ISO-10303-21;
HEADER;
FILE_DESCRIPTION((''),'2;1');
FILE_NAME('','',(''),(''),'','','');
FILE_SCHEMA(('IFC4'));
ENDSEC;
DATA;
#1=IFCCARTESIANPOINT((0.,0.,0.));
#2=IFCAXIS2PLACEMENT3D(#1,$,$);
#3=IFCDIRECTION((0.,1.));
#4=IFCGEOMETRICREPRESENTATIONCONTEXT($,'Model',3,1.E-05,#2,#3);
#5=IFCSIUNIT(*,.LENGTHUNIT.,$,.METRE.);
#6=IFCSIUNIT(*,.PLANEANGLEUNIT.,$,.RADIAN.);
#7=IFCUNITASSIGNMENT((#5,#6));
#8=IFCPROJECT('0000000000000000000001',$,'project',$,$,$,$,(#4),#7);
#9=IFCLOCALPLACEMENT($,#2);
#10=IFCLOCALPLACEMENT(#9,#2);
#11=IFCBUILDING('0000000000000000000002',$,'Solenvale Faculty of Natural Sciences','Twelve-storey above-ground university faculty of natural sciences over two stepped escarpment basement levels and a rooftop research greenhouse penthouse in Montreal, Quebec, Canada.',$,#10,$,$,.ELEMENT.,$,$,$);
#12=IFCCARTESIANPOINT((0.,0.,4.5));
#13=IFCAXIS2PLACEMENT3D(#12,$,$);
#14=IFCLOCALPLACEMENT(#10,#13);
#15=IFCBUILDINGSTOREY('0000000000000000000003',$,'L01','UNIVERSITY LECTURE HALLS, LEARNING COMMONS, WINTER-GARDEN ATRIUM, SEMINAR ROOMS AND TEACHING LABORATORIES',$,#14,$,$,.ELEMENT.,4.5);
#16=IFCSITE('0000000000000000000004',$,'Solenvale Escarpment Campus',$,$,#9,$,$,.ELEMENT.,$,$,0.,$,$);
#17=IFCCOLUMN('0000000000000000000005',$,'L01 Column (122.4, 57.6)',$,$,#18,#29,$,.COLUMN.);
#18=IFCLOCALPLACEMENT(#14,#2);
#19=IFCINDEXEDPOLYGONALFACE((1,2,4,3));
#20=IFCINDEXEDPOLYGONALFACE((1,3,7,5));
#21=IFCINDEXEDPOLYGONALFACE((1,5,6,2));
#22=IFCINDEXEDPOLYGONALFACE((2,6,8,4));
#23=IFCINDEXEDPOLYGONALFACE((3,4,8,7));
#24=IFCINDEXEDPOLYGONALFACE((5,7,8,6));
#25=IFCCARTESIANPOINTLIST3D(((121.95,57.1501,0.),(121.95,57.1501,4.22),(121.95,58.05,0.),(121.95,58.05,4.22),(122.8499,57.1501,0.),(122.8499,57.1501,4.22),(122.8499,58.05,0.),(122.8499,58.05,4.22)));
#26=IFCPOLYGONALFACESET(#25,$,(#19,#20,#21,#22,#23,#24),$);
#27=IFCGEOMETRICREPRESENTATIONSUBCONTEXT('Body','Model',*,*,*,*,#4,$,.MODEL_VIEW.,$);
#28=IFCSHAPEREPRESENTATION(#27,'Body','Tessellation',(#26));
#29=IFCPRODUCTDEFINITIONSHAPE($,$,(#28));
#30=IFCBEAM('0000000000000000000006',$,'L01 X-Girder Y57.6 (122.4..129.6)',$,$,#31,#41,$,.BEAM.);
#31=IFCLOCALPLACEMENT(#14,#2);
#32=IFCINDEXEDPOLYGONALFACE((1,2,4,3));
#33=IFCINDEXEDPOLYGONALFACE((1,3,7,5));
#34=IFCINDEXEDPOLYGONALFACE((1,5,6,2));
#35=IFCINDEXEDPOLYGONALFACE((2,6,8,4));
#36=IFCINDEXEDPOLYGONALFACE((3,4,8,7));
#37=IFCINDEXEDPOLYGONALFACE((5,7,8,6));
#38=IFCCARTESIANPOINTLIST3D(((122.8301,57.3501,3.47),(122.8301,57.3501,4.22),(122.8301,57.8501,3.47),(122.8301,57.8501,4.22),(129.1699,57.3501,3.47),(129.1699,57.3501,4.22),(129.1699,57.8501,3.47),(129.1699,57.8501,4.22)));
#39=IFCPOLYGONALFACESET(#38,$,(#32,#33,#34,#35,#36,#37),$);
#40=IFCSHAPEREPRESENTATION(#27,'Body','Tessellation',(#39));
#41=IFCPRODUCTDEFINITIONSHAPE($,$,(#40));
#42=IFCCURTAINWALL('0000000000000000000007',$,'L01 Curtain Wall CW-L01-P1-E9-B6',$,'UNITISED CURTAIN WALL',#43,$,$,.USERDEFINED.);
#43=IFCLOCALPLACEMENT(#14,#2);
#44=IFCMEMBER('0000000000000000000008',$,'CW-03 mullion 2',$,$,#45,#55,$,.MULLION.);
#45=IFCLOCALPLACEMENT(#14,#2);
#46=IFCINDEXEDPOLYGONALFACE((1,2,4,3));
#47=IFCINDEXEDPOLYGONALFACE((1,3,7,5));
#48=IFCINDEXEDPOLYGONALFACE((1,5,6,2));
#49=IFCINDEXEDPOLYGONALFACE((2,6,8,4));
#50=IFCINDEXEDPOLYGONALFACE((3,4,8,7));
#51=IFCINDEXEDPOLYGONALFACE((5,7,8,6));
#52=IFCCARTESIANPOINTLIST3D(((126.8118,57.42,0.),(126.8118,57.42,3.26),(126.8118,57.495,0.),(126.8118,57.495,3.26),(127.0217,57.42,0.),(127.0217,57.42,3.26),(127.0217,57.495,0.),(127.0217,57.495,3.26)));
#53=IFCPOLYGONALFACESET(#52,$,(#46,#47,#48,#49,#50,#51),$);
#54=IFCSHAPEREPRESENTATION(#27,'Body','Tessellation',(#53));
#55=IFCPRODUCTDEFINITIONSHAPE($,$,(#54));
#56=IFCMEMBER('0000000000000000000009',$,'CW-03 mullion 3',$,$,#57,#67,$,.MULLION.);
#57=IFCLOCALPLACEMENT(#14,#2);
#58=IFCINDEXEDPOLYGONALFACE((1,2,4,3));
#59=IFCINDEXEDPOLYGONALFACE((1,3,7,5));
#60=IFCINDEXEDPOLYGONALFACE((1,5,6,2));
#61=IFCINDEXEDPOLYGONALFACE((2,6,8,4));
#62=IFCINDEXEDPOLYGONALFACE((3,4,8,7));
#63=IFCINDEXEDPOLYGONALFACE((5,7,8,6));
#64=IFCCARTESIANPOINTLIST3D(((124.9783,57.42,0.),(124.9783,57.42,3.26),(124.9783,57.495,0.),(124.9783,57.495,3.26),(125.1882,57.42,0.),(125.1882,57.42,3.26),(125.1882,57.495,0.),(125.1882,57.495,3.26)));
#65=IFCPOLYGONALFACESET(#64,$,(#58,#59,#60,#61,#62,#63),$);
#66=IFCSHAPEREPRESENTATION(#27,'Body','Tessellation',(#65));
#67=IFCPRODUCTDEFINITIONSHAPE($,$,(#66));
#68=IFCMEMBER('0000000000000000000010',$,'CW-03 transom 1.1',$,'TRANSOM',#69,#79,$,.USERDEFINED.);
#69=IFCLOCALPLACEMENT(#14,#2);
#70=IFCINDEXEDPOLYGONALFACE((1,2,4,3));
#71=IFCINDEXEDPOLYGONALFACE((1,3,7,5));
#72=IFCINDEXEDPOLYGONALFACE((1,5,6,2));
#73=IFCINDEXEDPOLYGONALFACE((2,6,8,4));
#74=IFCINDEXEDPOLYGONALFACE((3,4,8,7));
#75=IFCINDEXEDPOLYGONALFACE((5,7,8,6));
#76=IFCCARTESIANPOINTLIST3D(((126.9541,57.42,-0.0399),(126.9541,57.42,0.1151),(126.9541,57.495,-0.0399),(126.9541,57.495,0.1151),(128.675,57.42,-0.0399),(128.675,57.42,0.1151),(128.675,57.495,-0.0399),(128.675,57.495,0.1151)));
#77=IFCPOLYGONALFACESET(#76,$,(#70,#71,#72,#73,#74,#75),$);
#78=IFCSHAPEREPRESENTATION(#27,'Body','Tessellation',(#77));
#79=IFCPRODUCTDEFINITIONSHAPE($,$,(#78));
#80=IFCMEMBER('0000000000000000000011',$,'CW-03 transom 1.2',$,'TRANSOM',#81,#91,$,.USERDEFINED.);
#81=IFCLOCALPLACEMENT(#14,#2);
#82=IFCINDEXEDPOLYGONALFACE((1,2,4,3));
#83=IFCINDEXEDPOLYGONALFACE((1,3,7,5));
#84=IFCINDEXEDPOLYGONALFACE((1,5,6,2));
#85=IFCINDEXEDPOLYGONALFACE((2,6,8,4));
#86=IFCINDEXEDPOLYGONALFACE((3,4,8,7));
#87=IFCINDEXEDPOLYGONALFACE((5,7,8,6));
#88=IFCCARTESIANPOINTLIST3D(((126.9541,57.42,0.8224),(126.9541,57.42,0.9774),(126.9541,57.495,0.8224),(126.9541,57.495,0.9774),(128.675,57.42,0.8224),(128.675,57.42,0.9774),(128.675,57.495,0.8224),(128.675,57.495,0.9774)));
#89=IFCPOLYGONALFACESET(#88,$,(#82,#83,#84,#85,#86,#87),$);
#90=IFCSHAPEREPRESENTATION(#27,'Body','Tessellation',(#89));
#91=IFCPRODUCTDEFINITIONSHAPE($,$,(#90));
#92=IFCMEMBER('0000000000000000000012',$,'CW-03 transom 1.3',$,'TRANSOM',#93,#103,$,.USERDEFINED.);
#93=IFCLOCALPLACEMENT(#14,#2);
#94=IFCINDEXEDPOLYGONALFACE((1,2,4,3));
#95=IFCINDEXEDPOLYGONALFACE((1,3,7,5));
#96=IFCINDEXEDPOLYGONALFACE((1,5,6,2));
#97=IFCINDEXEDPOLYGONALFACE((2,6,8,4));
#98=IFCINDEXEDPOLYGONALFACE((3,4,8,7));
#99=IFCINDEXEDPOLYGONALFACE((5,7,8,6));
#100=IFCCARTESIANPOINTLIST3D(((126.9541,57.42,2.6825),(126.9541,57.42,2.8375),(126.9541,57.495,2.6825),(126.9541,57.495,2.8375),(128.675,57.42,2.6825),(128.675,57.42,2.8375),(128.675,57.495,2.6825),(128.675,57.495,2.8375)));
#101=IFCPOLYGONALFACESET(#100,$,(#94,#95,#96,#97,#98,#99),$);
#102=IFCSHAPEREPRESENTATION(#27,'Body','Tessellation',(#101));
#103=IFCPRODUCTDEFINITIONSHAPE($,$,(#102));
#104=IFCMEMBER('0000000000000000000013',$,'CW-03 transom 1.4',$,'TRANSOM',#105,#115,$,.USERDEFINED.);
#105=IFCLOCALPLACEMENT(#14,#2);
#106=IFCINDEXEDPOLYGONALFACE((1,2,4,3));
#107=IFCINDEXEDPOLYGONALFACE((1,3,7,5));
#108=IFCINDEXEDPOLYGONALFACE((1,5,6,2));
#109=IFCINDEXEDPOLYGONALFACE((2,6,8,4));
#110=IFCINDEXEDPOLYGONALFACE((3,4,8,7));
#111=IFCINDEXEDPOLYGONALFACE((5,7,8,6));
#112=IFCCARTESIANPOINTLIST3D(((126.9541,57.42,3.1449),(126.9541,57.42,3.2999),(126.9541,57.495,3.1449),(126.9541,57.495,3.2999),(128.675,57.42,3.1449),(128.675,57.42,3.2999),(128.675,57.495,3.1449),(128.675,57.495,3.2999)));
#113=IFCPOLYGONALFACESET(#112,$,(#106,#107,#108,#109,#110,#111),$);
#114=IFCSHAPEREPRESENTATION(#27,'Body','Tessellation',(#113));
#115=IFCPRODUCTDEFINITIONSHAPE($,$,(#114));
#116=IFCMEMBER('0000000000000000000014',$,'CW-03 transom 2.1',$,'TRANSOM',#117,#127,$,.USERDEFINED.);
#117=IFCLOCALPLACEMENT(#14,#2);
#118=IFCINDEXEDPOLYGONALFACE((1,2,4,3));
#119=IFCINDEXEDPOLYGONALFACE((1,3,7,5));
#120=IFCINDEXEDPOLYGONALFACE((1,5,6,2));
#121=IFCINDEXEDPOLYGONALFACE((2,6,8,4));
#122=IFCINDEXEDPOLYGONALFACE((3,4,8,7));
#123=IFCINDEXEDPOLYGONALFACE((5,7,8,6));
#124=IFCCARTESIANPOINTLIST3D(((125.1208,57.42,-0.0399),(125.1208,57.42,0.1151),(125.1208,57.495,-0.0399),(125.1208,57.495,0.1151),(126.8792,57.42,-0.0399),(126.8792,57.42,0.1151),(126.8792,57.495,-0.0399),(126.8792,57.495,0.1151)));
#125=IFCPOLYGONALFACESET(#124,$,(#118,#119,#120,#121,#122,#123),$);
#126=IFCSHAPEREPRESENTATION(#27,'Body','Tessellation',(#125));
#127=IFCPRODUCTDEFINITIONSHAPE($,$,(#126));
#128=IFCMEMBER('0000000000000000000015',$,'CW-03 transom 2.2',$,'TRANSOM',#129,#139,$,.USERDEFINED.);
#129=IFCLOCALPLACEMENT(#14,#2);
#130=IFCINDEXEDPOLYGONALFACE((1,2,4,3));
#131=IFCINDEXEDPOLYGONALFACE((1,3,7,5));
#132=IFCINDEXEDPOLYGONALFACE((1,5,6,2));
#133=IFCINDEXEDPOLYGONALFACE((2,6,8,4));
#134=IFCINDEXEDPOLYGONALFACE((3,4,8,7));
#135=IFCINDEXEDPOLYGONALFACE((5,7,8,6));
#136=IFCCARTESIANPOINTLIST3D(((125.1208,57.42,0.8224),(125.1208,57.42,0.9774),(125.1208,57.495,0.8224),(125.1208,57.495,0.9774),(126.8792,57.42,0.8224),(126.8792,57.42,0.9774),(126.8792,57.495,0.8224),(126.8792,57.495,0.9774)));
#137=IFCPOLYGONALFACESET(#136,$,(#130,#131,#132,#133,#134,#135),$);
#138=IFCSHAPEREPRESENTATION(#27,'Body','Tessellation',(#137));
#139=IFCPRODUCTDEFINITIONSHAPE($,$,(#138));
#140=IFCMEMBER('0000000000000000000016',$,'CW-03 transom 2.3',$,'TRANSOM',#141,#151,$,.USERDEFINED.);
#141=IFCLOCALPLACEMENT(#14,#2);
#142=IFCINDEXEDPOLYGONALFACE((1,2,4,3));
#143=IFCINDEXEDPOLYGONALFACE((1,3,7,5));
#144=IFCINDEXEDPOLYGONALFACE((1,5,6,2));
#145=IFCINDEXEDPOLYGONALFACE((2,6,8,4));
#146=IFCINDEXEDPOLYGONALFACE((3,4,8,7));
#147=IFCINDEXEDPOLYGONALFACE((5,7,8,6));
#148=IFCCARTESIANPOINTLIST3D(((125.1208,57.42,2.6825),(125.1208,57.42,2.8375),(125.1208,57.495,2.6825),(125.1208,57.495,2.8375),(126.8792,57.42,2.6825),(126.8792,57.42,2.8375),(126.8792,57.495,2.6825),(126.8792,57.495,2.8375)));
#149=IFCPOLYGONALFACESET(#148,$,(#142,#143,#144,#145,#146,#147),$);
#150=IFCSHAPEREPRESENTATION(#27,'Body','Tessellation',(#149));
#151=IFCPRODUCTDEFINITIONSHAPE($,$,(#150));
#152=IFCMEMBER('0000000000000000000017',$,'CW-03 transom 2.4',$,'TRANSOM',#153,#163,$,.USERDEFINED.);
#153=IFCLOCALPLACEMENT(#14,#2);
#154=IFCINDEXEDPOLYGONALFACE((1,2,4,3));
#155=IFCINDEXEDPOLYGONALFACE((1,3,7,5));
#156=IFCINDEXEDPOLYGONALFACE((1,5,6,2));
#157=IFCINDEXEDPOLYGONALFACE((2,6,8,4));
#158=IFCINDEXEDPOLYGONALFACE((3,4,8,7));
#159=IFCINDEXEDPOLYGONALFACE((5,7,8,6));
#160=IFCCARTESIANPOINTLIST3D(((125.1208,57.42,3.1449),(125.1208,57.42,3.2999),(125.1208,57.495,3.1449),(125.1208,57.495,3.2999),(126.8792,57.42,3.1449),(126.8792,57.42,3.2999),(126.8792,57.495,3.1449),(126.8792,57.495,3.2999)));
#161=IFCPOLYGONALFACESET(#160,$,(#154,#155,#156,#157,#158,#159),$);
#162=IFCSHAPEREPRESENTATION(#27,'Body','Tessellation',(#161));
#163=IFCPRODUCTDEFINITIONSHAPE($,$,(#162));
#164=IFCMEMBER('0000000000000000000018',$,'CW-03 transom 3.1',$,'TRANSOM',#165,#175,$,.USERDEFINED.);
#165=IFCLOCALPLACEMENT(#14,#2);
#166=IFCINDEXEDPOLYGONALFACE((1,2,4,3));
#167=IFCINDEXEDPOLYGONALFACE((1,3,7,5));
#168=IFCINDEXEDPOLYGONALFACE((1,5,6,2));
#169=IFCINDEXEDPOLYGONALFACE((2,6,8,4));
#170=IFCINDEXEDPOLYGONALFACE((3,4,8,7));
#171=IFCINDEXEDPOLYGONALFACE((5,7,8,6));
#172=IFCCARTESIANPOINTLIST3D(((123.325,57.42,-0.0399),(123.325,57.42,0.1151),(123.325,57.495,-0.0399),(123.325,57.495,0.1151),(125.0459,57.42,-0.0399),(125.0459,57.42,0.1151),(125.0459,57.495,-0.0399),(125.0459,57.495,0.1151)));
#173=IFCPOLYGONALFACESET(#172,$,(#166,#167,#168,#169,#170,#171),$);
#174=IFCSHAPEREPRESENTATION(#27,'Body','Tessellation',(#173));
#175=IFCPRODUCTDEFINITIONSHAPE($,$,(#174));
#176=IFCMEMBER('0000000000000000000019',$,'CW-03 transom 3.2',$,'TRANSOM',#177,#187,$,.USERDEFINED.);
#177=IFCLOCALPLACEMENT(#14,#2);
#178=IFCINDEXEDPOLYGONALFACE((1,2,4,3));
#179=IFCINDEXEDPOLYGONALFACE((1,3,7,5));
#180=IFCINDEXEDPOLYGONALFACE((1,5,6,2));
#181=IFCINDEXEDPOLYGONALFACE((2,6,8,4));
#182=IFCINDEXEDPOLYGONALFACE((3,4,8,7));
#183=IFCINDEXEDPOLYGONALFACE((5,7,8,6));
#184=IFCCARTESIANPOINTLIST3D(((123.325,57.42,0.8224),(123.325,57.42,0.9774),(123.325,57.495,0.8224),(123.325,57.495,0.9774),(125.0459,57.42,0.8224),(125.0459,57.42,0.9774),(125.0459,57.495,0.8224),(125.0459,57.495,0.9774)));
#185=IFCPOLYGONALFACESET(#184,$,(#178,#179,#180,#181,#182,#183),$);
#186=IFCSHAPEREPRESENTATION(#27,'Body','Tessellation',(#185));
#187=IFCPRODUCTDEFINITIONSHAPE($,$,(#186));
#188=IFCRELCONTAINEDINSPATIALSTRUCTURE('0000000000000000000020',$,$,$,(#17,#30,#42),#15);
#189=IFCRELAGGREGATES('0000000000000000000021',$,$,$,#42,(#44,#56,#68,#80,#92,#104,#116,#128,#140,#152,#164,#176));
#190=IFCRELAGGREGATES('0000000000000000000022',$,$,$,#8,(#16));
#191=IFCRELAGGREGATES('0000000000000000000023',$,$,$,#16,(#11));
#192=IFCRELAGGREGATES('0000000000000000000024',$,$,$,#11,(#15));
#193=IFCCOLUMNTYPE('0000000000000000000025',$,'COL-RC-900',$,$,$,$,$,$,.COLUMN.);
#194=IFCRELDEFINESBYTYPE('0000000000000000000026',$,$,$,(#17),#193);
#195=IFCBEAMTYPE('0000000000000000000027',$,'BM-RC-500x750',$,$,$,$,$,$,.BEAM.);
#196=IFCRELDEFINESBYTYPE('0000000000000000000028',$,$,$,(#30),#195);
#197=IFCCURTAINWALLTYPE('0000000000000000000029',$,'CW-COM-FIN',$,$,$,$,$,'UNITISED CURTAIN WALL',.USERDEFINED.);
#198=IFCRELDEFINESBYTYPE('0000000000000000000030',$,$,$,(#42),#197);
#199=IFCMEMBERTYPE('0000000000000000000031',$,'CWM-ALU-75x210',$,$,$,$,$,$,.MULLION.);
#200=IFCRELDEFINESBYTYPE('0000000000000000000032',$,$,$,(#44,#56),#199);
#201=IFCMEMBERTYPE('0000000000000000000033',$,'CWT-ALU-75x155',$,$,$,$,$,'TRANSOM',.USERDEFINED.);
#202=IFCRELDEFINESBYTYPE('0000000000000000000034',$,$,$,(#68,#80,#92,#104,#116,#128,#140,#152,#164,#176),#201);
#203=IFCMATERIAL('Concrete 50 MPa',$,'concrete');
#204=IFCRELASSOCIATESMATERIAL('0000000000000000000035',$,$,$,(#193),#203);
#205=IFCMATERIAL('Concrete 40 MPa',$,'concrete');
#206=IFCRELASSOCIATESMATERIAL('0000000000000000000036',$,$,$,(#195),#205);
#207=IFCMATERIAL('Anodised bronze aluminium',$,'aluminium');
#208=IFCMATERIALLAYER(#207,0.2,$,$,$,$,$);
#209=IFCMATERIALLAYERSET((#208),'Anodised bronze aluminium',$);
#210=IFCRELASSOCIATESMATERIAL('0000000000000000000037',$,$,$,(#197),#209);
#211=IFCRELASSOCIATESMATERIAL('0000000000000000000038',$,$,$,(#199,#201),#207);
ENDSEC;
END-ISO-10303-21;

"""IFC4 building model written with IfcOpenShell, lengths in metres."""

from ifc_helpers import new_model, si_unit, direction, frame, origin, origin_2d, place, context, subcontext, project, spatial, rectangle, extrude, material, layer, layer_set, material_profile, profile_set, type_object, element, aggregate, save


model = new_model("IFC4")

# Units and contexts
model_context = context("Model", 3, precision=1e-05, world=origin(), true_north=direction((0.0, 1.0)))
body_context = subcontext(model_context, "Body", "Model", "MODEL_VIEW")
ifc_project = project(units=[si_unit("LENGTHUNIT", "METRE"), si_unit("PLANEANGLEUNIT", "RADIAN")], contexts=[model_context])

# Site, building, storey
site_placement = place(None, origin())
site = spatial("IfcSite", under=ifc_project, at=site_placement, Name="Solenvale Escarpment Campus", CompositionType="ELEMENT", RefElevation=0.0)
building_placement = place(site_placement, origin())
building = spatial("IfcBuilding", under=site, at=building_placement, Name="Solenvale Faculty of Natural Sciences", Description="Twelve-storey above-ground university faculty of natural sciences over two stepped escarpment basement levels and a rooftop research greenhouse penthouse in Montreal, Quebec, Canada.", CompositionType="ELEMENT")
storey_placement = place(building_placement, frame((0.0, 0.0, 4.5)))
storey = spatial("IfcBuildingStorey", under=building, at=storey_placement, Name="L01", Description="UNIVERSITY LECTURE HALLS, LEARNING COMMONS, WINTER-GARDEN ATRIUM, SEMINAR ROOMS AND TEACHING LABORATORIES", CompositionType="ELEMENT", Elevation=4.5)

# Column
ifc_material_1 = material(Name="Concrete 50 MPa", Category="concrete")
ifc_material_profile_1 = material_profile(ifc_material_1, rectangle(XDim=0.8999, YDim=0.8999, at=origin_2d()), Name="RC-COL-900x900")
ifc_profile_set_1 = profile_set([ifc_material_profile_1], Name="Concrete 50 MPa")
column_type = type_object("IfcColumnType", Name="COL-RC-900", PredefinedType="COLUMN", material=ifc_profile_set_1)
column_placement = place(storey_placement, frame((122.3999, 57.6001, 0.0), z_axis=(0.0, 0.0, 1.0), x_axis=(1.0, 0.0, 0.0)))
element("IfcColumn", 1, at=column_placement, inside=storey, type_object=column_type, Name="L01 Column (122.4, 57.6)", PredefinedType="COLUMN", context=body_context, shape_type="SweptSolid", body=[
    extrude(rectangle(XDim=0.8999, YDim=0.8999, at=origin_2d()), origin(), (0.0, 0.0, 1.0), 4.22),
])

# Beam
ifc_material_2 = material(Name="Concrete 40 MPa", Category="concrete")
ifc_material_profile_2 = material_profile(ifc_material_2, rectangle(XDim=0.5, YDim=0.75, at=origin_2d()), Name="RC-BM-500x750")
ifc_profile_set_2 = profile_set([ifc_material_profile_2], Name="Concrete 40 MPa")
beam_type = type_object("IfcBeamType", Name="BM-RC-500x750", PredefinedType="BEAM", material=ifc_profile_set_2)
beam_placement = place(storey_placement, frame((122.8301, 57.6001, 3.845), z_axis=(1.0, 0.0, 0.0), x_axis=(0.0, 1.0, 0.0)))
element("IfcBeam", 2, at=beam_placement, inside=storey, type_object=beam_type, Name="L01 X-Girder Y57.6 (122.4..129.6)", PredefinedType="BEAM", context=body_context, shape_type="SweptSolid", body=[
    extrude(rectangle(XDim=0.5, YDim=0.75, at=origin_2d()), origin(), (0.0, 0.0, 1.0), 6.3398),
])

# Curtain wall, members
ifc_material_3 = material(Name="Anodised bronze aluminium", Category="aluminium")
ifc_layer_1 = layer(ifc_material_3, 0.2)
ifc_layer_set_1 = layer_set([ifc_layer_1], Name="Anodised bronze aluminium")
curtain_wall_type = type_object("IfcCurtainWallType", Name="CW-COM-FIN", ElementType="UNITISED CURTAIN WALL", PredefinedType="USERDEFINED", material=ifc_layer_set_1)
curtain_wall_placement = place(storey_placement, origin())
curtain_wall = element("IfcCurtainWall", 3, at=curtain_wall_placement, inside=storey, type_object=curtain_wall_type, Name="L01 Curtain Wall CW-L01-P1-E9-B6", ObjectType="UNITISED CURTAIN WALL", PredefinedType="USERDEFINED")
ifc_material_profile_3 = material_profile(ifc_material_3, rectangle(XDim=0.075, YDim=0.21, at=origin_2d()), Name="ALU-MUL-75x210")
ifc_profile_set_3 = profile_set([ifc_material_profile_3], Name="Anodised bronze aluminium")
member_type_1 = type_object("IfcMemberType", Name="CWM-ALU-75x210", PredefinedType="MULLION", material=ifc_profile_set_3)
member_1_placement = place(storey_placement, frame((126.9167, 57.4575, 0.0), z_axis=(0.0, 0.0, 1.0), x_axis=(0.0, -1.0, 0.0)))
member_1 = element("IfcMember", 4, at=member_1_placement, type_object=member_type_1, Name="CW-03 mullion 2", PredefinedType="MULLION", context=body_context, shape_type="SweptSolid", body=[
    extrude(rectangle(XDim=0.075, YDim=0.21, at=origin_2d()), origin(), (0.0, 0.0, 1.0), 3.26),
])
member_2_placement = place(storey_placement, frame((125.0833, 57.4575, 0.0), z_axis=(0.0, 0.0, 1.0), x_axis=(0.0, -1.0, 0.0)))
member_2 = element("IfcMember", 5, at=member_2_placement, type_object=member_type_1, Name="CW-03 mullion 3", PredefinedType="MULLION", context=body_context, shape_type="SweptSolid", body=[
    extrude(rectangle(XDim=0.075, YDim=0.21, at=origin_2d()), origin(), (0.0, 0.0, 1.0), 3.26),
])
ifc_material_profile_4 = material_profile(ifc_material_3, rectangle(XDim=0.075, YDim=0.155, at=origin_2d()), Name="ALU-TRN-75x155")
ifc_profile_set_4 = profile_set([ifc_material_profile_4], Name="Anodised bronze aluminium")
member_type_2 = type_object("IfcMemberType", Name="CWT-ALU-75x155", ElementType="TRANSOM", PredefinedType="USERDEFINED", material=ifc_profile_set_4)
member_3_placement = place(storey_placement, frame((128.675, 57.4575, 0.0376), z_axis=(-1.0, 0.0, 0.0), x_axis=(0.0, -1.0, 0.0)))
member_3 = element("IfcMember", 6, at=member_3_placement, type_object=member_type_2, Name="CW-03 transom 1.1", ObjectType="TRANSOM", PredefinedType="USERDEFINED", context=body_context, shape_type="SweptSolid", body=[
    extrude(rectangle(XDim=0.075, YDim=0.155, at=origin_2d()), origin(), (0.0, 0.0, 1.0), 1.7209),
])
member_4_placement = place(storey_placement, frame((128.675, 57.4575, 0.8999), z_axis=(-1.0, 0.0, 0.0), x_axis=(0.0, -1.0, 0.0)))
member_4 = element("IfcMember", 7, at=member_4_placement, type_object=member_type_2, Name="CW-03 transom 1.2", ObjectType="TRANSOM", PredefinedType="USERDEFINED", context=body_context, shape_type="SweptSolid", body=[
    extrude(rectangle(XDim=0.075, YDim=0.155, at=origin_2d()), origin(), (0.0, 0.0, 1.0), 1.7209),
])
member_5_placement = place(storey_placement, frame((128.675, 57.4575, 2.76), z_axis=(-1.0, 0.0, 0.0), x_axis=(0.0, -1.0, 0.0)))
member_5 = element("IfcMember", 8, at=member_5_placement, type_object=member_type_2, Name="CW-03 transom 1.3", ObjectType="TRANSOM", PredefinedType="USERDEFINED", context=body_context, shape_type="SweptSolid", body=[
    extrude(rectangle(XDim=0.075, YDim=0.155, at=origin_2d()), origin(), (0.0, 0.0, 1.0), 1.7209),
])
member_6_placement = place(storey_placement, frame((128.675, 57.4575, 3.2224), z_axis=(-1.0, 0.0, 0.0), x_axis=(0.0, -1.0, 0.0)))
member_6 = element("IfcMember", 9, at=member_6_placement, type_object=member_type_2, Name="CW-03 transom 1.4", ObjectType="TRANSOM", PredefinedType="USERDEFINED", context=body_context, shape_type="SweptSolid", body=[
    extrude(rectangle(XDim=0.075, YDim=0.155, at=origin_2d()), origin(), (0.0, 0.0, 1.0), 1.7209),
])
member_7_placement = place(storey_placement, frame((126.8792, 57.4575, 0.0376), z_axis=(-1.0, 0.0, 0.0), x_axis=(0.0, -1.0, 0.0)))
member_7 = element("IfcMember", 10, at=member_7_placement, type_object=member_type_2, Name="CW-03 transom 2.1", ObjectType="TRANSOM", PredefinedType="USERDEFINED", context=body_context, shape_type="SweptSolid", body=[
    extrude(rectangle(XDim=0.075, YDim=0.155, at=origin_2d()), origin(), (0.0, 0.0, 1.0), 1.7583),
])
member_8_placement = place(storey_placement, frame((126.8792, 57.4575, 0.8999), z_axis=(-1.0, 0.0, 0.0), x_axis=(0.0, -1.0, 0.0)))
member_8 = element("IfcMember", 11, at=member_8_placement, type_object=member_type_2, Name="CW-03 transom 2.2", ObjectType="TRANSOM", PredefinedType="USERDEFINED", context=body_context, shape_type="SweptSolid", body=[
    extrude(rectangle(XDim=0.075, YDim=0.155, at=origin_2d()), origin(), (0.0, 0.0, 1.0), 1.7583),
])
member_9_placement = place(storey_placement, frame((126.8792, 57.4575, 2.76), z_axis=(-1.0, 0.0, 0.0), x_axis=(0.0, -1.0, 0.0)))
member_9 = element("IfcMember", 12, at=member_9_placement, type_object=member_type_2, Name="CW-03 transom 2.3", ObjectType="TRANSOM", PredefinedType="USERDEFINED", context=body_context, shape_type="SweptSolid", body=[
    extrude(rectangle(XDim=0.075, YDim=0.155, at=origin_2d()), origin(), (0.0, 0.0, 1.0), 1.7583),
])
member_10_placement = place(storey_placement, frame((126.8792, 57.4575, 3.2224), z_axis=(-1.0, 0.0, 0.0), x_axis=(0.0, -1.0, 0.0)))
member_10 = element("IfcMember", 13, at=member_10_placement, type_object=member_type_2, Name="CW-03 transom 2.4", ObjectType="TRANSOM", PredefinedType="USERDEFINED", context=body_context, shape_type="SweptSolid", body=[
    extrude(rectangle(XDim=0.075, YDim=0.155, at=origin_2d()), origin(), (0.0, 0.0, 1.0), 1.7583),
])
member_11_placement = place(storey_placement, frame((125.0459, 57.4575, 0.0376), z_axis=(-1.0, 0.0, 0.0), x_axis=(0.0, -1.0, 0.0)))
member_11 = element("IfcMember", 14, at=member_11_placement, type_object=member_type_2, Name="CW-03 transom 3.1", ObjectType="TRANSOM", PredefinedType="USERDEFINED", context=body_context, shape_type="SweptSolid", body=[
    extrude(rectangle(XDim=0.075, YDim=0.155, at=origin_2d()), origin(), (0.0, 0.0, 1.0), 1.7209),
])
member_12_placement = place(storey_placement, frame((125.0459, 57.4575, 0.8999), z_axis=(-1.0, 0.0, 0.0), x_axis=(0.0, -1.0, 0.0)))
member_12 = element("IfcMember", 15, at=member_12_placement, type_object=member_type_2, Name="CW-03 transom 3.2", ObjectType="TRANSOM", PredefinedType="USERDEFINED", context=body_context, shape_type="SweptSolid", body=[
    extrude(rectangle(XDim=0.075, YDim=0.155, at=origin_2d()), origin(), (0.0, 0.0, 1.0), 1.7209),
])
aggregate(curtain_wall, [member_1, member_2, member_3, member_4, member_5, member_6, member_7, member_8, member_9, member_10, member_11, member_12])

save(model, "model.ifc")
